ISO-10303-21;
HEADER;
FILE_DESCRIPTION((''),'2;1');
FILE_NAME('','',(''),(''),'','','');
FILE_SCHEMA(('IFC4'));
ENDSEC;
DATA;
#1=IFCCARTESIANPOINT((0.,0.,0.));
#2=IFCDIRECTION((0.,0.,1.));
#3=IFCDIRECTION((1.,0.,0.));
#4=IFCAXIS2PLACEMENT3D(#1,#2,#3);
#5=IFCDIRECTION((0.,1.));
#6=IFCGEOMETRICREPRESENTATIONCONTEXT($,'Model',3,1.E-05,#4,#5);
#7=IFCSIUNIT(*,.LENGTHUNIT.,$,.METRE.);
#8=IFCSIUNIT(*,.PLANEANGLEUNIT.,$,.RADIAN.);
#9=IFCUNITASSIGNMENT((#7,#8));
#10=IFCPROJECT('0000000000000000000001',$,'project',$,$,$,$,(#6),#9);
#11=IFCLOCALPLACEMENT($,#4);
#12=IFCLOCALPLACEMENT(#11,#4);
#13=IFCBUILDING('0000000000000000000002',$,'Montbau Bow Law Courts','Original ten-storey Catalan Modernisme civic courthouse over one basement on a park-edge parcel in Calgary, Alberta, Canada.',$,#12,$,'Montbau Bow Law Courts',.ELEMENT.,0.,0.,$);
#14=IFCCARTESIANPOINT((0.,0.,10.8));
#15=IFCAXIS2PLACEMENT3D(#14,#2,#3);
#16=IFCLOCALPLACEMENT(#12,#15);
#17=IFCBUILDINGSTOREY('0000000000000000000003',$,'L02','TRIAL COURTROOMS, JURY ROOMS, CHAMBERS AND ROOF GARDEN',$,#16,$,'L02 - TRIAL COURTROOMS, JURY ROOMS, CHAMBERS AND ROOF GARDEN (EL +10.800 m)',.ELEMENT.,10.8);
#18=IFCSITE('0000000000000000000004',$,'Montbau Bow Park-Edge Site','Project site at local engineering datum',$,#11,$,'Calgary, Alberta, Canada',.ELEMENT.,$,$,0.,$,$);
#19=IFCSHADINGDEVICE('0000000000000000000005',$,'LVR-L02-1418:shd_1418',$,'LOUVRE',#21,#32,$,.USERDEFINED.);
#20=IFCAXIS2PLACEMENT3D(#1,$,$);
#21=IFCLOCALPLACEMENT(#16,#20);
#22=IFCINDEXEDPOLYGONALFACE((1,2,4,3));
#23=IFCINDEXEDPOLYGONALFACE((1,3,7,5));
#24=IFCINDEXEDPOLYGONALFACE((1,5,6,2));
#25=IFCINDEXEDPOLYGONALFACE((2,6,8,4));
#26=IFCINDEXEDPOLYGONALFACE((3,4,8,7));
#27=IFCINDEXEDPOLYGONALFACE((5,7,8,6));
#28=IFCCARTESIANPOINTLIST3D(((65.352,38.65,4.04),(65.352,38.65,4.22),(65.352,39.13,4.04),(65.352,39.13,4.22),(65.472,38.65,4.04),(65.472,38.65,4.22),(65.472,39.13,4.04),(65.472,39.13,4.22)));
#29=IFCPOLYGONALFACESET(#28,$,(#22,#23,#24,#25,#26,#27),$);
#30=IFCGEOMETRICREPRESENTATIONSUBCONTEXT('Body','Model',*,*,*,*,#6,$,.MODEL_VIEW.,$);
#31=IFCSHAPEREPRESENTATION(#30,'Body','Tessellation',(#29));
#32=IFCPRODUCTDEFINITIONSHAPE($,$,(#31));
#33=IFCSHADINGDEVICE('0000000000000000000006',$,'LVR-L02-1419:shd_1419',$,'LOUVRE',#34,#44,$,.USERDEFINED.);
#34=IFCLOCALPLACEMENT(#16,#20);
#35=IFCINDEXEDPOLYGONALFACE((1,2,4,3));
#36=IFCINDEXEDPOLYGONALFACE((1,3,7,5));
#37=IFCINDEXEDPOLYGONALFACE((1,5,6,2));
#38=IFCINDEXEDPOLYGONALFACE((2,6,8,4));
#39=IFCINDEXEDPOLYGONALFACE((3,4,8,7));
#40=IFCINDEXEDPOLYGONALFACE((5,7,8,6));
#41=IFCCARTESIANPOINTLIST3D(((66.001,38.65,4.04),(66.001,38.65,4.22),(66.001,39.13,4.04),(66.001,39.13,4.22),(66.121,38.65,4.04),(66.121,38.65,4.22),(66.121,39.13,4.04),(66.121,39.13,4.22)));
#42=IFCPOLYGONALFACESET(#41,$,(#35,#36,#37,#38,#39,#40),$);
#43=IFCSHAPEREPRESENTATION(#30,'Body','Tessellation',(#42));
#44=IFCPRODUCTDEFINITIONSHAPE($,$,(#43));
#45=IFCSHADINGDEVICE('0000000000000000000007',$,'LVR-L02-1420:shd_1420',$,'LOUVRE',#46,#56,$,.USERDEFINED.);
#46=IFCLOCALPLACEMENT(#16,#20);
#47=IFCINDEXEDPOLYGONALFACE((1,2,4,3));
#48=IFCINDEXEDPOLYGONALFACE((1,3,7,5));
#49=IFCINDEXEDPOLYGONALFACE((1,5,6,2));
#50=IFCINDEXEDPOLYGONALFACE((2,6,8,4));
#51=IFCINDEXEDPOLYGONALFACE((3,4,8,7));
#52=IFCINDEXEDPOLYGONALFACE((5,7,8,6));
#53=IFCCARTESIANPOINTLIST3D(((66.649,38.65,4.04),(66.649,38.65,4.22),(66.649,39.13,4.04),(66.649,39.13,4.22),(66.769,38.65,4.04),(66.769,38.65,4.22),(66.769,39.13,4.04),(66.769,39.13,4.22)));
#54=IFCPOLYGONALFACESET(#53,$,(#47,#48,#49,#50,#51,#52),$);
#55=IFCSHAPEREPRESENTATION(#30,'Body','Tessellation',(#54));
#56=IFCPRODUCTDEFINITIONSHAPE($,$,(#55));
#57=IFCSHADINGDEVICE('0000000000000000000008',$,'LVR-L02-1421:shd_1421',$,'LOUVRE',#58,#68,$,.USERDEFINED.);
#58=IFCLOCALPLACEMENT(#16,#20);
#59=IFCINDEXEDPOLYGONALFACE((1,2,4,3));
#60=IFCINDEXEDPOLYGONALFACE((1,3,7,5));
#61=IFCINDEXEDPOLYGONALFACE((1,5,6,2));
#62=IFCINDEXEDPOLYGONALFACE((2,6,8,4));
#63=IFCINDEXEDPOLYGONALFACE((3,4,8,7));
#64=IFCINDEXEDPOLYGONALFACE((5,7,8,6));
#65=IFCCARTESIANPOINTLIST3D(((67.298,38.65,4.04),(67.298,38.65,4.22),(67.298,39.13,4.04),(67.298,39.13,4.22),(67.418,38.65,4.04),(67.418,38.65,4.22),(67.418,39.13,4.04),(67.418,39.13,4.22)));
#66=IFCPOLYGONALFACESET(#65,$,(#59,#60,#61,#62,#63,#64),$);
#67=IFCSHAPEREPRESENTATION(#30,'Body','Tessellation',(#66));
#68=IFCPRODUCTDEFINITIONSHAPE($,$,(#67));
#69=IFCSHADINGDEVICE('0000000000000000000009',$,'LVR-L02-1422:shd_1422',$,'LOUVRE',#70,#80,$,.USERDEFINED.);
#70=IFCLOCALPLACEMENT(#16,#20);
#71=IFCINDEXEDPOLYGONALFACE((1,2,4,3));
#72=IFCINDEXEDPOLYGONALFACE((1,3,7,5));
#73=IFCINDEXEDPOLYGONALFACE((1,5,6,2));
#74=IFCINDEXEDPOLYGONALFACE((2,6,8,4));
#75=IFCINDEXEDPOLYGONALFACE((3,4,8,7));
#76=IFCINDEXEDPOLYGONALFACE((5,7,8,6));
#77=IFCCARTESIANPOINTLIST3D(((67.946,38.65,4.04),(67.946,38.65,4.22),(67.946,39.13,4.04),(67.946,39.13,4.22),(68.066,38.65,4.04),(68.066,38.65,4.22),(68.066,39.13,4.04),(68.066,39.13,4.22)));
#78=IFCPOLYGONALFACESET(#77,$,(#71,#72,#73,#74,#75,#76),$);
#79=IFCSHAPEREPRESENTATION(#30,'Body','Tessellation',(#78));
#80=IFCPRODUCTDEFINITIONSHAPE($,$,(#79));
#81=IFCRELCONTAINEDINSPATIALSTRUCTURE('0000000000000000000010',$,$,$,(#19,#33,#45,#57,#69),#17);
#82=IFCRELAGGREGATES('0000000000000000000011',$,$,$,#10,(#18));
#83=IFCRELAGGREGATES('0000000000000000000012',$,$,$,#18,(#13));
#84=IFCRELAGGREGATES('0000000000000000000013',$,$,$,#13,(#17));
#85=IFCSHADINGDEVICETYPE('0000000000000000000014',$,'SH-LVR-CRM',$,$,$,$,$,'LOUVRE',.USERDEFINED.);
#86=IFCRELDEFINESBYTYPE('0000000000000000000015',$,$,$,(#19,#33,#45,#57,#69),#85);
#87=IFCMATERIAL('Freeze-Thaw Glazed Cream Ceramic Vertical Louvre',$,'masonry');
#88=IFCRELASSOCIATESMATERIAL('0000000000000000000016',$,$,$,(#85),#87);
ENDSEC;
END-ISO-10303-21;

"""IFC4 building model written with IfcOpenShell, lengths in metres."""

from ifc_helpers import new_model, si_unit, direction, frame, origin_with_axes, origin_2d_with_axis, place, context, subcontext, project, spatial, rectangle, extrude, material, type_object, element, save


model = new_model("IFC4")

# Units and contexts
model_context = context("Model", 3, precision=1e-05, world=origin_with_axes(), true_north=direction((0.0, 1.0)))
body_context = subcontext(model_context, "Body", "Model", "MODEL_VIEW")
ifc_project = project(units=[si_unit("LENGTHUNIT", "METRE"), si_unit("PLANEANGLEUNIT", "RADIAN")], contexts=[model_context])

# Site, building, storey
site_placement = place(None, origin_with_axes())
site = spatial("IfcSite", under=ifc_project, at=site_placement, Name="Montbau Bow Park-Edge Site", Description="Project site at local engineering datum", LongName="Calgary, Alberta, Canada", CompositionType="ELEMENT", RefElevation=0.0)
building_placement = place(site_placement, origin_with_axes())
building = spatial("IfcBuilding", under=site, at=building_placement, Name="Montbau Bow Law Courts", Description="Original ten-storey Catalan Modernisme civic courthouse over one basement on a park-edge parcel in Calgary, Alberta, Canada.", LongName="Montbau Bow Law Courts", CompositionType="ELEMENT", ElevationOfRefHeight=0.0, ElevationOfTerrain=0.0)
storey_placement = place(building_placement, frame((0.0, 0.0, 10.8), z_axis=(0.0, 0.0, 1.0), x_axis=(1.0, 0.0, 0.0)))
storey = spatial("IfcBuildingStorey", under=building, at=storey_placement, Name="L02", Description="TRIAL COURTROOMS, JURY ROOMS, CHAMBERS AND ROOF GARDEN", LongName="L02 - TRIAL COURTROOMS, JURY ROOMS, CHAMBERS AND ROOF GARDEN (EL +10.800 m)", CompositionType="ELEMENT", Elevation=10.8)

# Shading devices
ifc_material_1 = material(Name="Freeze-Thaw Glazed Cream Ceramic Vertical Louvre", Category="masonry")
shading_device_type = type_object("IfcShadingDeviceType", Name="SH-LVR-CRM", ElementType="LOUVRE", PredefinedType="USERDEFINED", material=ifc_material_1)
for number, where, z_axis, x_axis, name in (
    (1, (65.412, 38.89, 14.84), (0.0, 0.0, 1.0), (0.0, -1.0, 0.0), "LVR-L02-1418:shd_1418"),
    (2, (66.061, 38.89, 14.84), (0.0, 0.0, 1.0), (0.0, -1.0, 0.0), "LVR-L02-1419:shd_1419"),
    (3, (66.709, 38.89, 14.84), (0.0, 0.0, 1.0), (0.0, -1.0, 0.0), "LVR-L02-1420:shd_1420"),
    (4, (67.358, 38.89, 14.84), (0.0, 0.0, 1.0), (0.0, -1.0, 0.0), "LVR-L02-1421:shd_1421"),
    (5, (68.006, 38.89, 14.84), (0.0, 0.0, 1.0), (0.0, -1.0, 0.0), "LVR-L02-1422:shd_1422"),
):
    element("IfcShadingDevice", number, at=place(None, frame(where, z_axis=z_axis, x_axis=x_axis)), inside=storey, type_object=shading_device_type, Name=name, ObjectType="LOUVRE", PredefinedType="USERDEFINED", context=body_context, shape_type="SweptSolid", body=[
        extrude(rectangle(XDim=0.48, YDim=0.12, at=origin_2d_with_axis()), origin_with_axes(), (0.0, 0.0, 1.0), 0.18),
    ])

save(model, "model.ifc")
